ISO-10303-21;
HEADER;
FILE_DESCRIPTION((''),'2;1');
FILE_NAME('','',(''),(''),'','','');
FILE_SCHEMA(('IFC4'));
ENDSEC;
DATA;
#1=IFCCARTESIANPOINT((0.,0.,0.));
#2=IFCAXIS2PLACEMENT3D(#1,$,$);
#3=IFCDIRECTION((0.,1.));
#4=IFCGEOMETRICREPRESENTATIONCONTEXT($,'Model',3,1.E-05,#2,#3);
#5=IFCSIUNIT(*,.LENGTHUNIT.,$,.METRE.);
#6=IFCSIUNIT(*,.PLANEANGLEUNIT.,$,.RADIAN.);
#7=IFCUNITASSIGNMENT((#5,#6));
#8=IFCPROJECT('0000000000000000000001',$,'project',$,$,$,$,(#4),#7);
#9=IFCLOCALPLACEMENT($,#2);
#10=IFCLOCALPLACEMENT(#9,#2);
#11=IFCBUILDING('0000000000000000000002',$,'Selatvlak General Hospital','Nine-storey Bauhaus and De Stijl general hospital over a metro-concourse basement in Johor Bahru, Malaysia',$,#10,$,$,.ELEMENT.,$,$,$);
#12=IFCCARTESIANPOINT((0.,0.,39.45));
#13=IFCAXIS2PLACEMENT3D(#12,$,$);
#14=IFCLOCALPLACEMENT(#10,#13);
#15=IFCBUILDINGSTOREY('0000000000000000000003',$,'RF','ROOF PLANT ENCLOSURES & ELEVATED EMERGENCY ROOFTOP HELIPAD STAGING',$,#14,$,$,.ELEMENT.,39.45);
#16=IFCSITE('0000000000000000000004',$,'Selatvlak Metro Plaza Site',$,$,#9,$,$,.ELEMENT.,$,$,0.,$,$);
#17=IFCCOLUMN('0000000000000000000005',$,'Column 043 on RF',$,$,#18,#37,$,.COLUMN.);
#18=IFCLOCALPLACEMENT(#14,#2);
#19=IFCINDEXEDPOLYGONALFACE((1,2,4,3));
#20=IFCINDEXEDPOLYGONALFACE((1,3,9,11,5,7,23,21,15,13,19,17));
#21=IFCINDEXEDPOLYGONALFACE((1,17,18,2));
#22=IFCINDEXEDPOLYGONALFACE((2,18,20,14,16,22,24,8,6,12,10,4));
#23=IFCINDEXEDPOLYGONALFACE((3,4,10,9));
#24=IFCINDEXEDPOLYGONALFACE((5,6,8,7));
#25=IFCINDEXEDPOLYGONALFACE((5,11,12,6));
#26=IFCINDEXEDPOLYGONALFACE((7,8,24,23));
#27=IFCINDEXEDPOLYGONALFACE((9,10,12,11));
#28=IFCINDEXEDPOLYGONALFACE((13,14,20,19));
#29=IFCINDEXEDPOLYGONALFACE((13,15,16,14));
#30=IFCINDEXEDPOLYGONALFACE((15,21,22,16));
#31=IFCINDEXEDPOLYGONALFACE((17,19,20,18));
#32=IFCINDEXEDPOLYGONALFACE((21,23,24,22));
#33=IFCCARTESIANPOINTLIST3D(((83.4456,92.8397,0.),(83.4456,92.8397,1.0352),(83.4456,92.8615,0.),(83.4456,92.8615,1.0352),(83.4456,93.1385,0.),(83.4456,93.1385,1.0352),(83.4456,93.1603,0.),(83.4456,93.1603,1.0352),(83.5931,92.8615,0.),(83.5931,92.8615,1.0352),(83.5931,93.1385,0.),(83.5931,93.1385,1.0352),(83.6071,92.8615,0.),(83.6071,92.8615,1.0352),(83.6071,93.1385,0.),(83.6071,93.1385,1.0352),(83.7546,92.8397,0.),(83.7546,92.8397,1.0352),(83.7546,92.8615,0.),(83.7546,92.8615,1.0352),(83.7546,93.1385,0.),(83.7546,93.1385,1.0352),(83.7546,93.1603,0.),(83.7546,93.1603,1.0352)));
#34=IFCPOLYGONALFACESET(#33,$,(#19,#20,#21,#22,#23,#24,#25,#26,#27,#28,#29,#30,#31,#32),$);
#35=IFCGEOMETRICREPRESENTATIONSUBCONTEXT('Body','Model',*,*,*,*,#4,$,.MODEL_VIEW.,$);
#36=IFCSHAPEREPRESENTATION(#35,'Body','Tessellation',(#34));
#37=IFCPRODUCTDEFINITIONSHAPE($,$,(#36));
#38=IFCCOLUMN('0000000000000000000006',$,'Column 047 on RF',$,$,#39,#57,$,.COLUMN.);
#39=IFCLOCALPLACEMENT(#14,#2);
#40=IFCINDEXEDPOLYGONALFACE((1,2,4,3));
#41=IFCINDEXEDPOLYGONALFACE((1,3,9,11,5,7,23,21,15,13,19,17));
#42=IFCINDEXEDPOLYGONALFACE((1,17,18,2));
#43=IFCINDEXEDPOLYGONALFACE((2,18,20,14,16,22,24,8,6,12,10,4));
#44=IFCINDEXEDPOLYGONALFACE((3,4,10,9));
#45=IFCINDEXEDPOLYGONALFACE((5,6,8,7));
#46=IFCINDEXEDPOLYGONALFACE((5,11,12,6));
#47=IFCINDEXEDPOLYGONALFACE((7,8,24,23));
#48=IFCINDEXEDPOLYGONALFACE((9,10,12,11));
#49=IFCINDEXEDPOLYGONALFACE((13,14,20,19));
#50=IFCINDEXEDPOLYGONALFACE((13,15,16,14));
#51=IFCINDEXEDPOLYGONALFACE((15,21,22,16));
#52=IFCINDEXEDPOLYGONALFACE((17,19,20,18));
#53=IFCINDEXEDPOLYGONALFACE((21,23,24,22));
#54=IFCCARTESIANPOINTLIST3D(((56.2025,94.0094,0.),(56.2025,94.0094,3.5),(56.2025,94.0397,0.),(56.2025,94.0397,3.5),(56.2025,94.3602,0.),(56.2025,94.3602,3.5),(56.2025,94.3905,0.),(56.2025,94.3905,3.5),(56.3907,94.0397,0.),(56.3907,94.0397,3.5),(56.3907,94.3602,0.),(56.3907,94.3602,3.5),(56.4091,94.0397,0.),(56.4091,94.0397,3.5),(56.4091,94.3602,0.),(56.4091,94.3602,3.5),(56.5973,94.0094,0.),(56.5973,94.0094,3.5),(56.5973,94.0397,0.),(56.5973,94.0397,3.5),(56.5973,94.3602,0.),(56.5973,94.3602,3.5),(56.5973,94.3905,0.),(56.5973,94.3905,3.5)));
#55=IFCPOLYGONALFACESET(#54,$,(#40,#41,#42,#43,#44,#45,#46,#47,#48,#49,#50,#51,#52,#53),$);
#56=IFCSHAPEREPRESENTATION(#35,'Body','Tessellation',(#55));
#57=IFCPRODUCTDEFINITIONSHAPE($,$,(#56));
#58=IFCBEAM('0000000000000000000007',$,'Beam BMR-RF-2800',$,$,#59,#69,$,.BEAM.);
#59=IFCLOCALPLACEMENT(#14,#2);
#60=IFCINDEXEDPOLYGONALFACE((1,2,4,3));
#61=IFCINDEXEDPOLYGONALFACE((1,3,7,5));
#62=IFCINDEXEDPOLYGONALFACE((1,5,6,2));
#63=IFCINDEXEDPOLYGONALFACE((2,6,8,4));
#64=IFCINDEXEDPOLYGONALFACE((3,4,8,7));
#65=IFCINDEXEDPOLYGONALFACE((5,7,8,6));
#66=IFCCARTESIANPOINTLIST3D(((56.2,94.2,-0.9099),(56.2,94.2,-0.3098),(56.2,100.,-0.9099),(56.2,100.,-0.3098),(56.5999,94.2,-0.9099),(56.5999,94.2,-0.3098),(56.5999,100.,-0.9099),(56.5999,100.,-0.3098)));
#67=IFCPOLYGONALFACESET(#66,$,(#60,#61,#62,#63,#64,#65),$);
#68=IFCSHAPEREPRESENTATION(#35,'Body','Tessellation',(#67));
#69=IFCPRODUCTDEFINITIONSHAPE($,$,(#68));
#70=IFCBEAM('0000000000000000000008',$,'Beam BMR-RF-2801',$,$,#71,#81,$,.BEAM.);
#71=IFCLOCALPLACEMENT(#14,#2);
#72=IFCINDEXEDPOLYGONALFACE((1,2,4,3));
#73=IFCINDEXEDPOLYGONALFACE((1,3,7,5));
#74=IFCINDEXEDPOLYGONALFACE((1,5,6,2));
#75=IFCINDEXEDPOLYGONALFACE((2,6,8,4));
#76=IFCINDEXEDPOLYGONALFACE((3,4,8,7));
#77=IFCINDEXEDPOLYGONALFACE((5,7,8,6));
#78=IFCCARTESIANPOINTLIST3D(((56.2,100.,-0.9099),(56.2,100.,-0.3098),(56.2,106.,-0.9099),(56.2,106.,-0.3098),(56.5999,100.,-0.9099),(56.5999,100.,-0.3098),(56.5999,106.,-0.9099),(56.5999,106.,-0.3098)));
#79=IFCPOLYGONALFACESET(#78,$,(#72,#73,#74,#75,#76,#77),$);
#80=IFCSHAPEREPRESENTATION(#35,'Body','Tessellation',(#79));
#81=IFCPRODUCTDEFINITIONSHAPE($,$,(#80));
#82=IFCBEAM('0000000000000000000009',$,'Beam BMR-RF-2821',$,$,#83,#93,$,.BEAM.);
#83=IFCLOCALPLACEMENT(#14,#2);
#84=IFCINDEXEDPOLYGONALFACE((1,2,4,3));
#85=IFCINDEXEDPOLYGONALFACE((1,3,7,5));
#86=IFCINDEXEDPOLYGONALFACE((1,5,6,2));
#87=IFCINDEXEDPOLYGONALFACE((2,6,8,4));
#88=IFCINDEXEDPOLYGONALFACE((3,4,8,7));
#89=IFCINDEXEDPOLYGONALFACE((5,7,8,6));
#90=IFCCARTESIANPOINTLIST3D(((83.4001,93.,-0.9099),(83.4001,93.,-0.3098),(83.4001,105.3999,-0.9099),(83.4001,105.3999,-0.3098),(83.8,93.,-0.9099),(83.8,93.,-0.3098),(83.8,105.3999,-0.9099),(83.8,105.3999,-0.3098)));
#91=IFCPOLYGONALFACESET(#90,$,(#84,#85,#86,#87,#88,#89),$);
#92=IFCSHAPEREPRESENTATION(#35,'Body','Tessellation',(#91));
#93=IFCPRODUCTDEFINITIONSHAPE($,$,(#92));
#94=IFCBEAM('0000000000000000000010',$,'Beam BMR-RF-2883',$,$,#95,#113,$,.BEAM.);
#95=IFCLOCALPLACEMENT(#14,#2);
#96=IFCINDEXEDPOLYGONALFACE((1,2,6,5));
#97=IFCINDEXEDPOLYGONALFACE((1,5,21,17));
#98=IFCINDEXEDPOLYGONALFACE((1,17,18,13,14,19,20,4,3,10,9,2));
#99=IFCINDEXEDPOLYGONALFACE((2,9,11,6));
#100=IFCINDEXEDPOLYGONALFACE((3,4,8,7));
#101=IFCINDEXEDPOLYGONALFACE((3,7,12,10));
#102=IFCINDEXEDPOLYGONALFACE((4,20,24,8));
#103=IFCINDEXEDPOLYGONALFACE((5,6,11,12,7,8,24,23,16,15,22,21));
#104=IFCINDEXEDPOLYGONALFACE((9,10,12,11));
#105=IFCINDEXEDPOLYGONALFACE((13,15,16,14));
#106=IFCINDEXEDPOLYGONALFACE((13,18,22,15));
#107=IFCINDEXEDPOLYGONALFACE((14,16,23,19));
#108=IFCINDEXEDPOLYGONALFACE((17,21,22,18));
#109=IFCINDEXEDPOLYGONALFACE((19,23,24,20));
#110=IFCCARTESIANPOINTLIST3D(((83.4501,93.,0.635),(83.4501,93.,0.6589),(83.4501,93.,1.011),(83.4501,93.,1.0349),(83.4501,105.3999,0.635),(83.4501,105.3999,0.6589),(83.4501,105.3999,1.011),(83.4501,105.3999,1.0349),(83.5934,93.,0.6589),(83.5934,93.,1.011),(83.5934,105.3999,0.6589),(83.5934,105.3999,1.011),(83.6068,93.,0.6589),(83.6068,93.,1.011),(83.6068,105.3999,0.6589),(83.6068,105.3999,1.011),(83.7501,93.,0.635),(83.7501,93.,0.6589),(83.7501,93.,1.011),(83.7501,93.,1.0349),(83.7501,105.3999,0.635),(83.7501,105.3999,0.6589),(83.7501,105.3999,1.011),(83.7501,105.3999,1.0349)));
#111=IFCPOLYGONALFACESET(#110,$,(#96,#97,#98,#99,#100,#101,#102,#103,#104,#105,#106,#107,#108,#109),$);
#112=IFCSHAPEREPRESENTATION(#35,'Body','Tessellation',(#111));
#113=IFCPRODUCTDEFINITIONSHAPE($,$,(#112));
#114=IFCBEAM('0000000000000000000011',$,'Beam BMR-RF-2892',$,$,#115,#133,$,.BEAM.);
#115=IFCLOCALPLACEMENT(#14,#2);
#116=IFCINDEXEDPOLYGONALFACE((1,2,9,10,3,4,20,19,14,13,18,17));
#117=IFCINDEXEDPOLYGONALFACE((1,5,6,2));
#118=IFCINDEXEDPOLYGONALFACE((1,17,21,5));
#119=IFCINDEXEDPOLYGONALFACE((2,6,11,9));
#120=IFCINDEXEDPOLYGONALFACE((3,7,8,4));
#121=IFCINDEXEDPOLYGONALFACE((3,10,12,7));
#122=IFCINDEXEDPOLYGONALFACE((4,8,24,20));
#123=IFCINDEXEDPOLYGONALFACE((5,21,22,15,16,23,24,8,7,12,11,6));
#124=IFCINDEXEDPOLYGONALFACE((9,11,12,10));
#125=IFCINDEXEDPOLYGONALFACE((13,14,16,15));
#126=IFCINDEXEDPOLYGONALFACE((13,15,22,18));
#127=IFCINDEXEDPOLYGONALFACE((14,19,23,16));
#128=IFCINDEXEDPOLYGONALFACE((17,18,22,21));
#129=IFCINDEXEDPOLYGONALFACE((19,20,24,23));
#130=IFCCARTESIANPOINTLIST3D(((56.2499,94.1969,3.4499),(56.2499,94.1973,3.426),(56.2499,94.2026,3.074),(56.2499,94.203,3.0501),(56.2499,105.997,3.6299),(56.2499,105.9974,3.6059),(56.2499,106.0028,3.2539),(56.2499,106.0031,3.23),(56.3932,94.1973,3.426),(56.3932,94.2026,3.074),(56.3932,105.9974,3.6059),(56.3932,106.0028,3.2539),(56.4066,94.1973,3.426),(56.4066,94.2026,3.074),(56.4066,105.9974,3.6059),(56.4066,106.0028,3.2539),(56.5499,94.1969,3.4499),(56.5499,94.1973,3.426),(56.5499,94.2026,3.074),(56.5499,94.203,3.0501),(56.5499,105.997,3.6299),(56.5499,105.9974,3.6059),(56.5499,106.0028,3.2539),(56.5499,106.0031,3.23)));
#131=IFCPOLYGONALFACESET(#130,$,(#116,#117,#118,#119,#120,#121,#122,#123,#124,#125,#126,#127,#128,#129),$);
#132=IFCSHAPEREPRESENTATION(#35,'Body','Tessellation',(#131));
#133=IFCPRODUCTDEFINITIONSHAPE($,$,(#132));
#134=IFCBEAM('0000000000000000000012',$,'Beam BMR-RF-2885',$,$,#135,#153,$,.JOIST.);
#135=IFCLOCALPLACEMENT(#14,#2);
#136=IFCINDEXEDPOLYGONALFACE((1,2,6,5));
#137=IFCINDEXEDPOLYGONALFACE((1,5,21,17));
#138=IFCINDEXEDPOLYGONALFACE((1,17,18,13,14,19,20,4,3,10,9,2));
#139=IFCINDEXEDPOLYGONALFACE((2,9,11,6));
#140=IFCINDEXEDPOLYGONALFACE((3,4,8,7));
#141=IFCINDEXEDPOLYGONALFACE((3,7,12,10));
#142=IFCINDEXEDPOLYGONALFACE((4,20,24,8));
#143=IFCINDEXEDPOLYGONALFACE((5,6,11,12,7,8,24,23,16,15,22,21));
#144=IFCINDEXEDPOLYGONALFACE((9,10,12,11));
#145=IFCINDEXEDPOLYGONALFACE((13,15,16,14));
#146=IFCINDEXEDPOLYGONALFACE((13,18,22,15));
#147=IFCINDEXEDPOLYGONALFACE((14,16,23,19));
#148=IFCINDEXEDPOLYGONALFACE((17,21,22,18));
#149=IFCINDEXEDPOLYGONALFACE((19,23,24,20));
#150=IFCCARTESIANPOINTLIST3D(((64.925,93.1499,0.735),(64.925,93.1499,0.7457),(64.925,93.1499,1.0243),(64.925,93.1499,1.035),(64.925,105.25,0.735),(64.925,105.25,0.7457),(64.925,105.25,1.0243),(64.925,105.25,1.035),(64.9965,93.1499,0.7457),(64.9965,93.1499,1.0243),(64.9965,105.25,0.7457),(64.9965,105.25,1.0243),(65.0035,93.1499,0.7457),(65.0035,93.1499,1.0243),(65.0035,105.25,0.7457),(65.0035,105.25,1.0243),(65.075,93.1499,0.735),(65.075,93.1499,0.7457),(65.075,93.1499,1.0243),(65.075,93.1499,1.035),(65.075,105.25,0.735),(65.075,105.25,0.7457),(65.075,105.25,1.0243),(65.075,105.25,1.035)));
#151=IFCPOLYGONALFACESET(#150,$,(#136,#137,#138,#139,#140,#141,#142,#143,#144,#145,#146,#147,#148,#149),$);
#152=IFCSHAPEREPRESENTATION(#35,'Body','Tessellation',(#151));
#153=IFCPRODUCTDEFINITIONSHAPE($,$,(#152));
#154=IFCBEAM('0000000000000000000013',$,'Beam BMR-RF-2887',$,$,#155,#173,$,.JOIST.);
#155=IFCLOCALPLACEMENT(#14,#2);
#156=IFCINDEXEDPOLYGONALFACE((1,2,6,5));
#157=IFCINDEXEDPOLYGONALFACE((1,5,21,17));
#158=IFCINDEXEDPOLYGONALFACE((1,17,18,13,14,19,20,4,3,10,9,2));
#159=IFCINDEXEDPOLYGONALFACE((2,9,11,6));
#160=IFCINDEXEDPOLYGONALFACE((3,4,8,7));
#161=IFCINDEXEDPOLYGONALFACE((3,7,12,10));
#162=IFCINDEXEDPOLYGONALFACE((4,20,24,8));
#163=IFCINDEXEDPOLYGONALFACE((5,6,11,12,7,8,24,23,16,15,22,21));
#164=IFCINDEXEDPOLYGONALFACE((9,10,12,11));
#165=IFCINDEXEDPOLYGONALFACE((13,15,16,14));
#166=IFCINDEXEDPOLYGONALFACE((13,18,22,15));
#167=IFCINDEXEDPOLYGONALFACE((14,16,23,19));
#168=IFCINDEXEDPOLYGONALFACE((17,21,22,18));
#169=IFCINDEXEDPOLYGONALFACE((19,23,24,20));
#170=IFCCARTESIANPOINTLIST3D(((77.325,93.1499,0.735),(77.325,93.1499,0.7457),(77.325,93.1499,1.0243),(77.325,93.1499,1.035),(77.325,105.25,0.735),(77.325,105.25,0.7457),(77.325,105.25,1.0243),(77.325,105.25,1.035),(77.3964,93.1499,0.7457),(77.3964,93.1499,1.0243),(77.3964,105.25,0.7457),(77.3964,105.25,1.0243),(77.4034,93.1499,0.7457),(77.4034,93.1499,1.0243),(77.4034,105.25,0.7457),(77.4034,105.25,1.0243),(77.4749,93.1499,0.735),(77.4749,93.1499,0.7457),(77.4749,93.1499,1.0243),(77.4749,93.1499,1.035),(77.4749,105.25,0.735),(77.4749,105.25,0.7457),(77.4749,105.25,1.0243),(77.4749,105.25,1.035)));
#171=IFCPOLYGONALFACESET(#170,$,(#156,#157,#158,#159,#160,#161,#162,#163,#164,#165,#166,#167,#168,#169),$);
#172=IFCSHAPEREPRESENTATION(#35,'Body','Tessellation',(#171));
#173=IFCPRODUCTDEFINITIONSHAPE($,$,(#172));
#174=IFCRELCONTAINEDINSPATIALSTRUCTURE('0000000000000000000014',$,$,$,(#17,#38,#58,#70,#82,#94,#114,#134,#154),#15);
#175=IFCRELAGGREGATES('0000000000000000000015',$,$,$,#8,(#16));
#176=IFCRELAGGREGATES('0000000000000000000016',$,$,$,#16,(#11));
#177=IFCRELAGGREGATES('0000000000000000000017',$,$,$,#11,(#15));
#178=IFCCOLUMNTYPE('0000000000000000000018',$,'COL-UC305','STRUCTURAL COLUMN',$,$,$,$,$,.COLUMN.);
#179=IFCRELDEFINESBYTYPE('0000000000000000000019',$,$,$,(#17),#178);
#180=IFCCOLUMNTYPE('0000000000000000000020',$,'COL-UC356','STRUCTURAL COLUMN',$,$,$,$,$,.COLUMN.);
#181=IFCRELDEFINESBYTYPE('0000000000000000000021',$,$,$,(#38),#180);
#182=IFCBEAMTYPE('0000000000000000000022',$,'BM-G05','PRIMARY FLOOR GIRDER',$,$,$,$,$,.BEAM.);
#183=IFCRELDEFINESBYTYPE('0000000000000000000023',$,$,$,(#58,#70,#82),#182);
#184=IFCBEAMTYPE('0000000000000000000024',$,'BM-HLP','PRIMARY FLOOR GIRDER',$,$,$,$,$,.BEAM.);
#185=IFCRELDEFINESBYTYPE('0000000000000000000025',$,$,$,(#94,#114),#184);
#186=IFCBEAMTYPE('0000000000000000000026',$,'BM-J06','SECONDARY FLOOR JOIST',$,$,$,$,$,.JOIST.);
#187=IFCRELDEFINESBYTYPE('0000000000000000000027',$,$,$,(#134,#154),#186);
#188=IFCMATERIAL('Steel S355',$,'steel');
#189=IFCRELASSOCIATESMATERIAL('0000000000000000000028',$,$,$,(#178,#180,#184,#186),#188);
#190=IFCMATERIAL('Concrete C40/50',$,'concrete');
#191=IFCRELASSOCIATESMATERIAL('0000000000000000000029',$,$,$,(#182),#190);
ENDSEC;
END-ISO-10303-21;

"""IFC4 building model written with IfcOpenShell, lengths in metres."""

from ifc_helpers import new_model, si_unit, direction, frame, origin, origin_2d, place, context, subcontext, project, spatial, rectangle, i_section, extrude, material, material_profile, profile_set, type_object, element, save


model = new_model("IFC4")

# Units and contexts
model_context = context("Model", 3, precision=1e-05, world=origin(), true_north=direction((0.0, 1.0)))
body_context = subcontext(model_context, "Body", "Model", "MODEL_VIEW")
ifc_project = project(units=[si_unit("LENGTHUNIT", "METRE"), si_unit("PLANEANGLEUNIT", "RADIAN")], contexts=[model_context])

# Site, building, storey
site_placement = place(None, origin())
site = spatial("IfcSite", under=ifc_project, at=site_placement, Name="Selatvlak Metro Plaza Site", CompositionType="ELEMENT", RefElevation=0.0)
building_placement = place(site_placement, origin())
building = spatial("IfcBuilding", under=site, at=building_placement, Name="Selatvlak General Hospital", Description="Nine-storey Bauhaus and De Stijl general hospital over a metro-concourse basement in Johor Bahru, Malaysia", CompositionType="ELEMENT")
storey_placement = place(building_placement, frame((0.0, 0.0, 39.45)))
storey = spatial("IfcBuildingStorey", under=building, at=storey_placement, Name="RF", Description="ROOF PLANT ENCLOSURES & ELEVATED EMERGENCY ROOFTOP HELIPAD STAGING", CompositionType="ELEMENT", Elevation=39.45)

# Columns
ifc_material_1 = material(Name="Steel S355", Category="steel")
ifc_material_profile_1 = material_profile(ifc_material_1, i_section(OverallWidth=0.3091, OverallDepth=0.3206, WebThickness=0.0139, FlangeThickness=0.0217, at=origin_2d()), Name="UC 305x305x137")
ifc_profile_set_1 = profile_set([ifc_material_profile_1], Name="Steel S355")
column_type_1 = type_object("IfcColumnType", Name="COL-UC305", Description="STRUCTURAL COLUMN", PredefinedType="COLUMN", material=ifc_profile_set_1)
column_1_placement = place(storey_placement, frame((83.6001, 93.0, 0.0), z_axis=(0.0, 0.0, 1.0), x_axis=(1.0, 0.0, 0.0)))
element("IfcColumn", 1, at=column_1_placement, inside=storey, type_object=column_type_1, Name="Column 043 on RF", PredefinedType="COLUMN", context=body_context, shape_type="SweptSolid", body=[
    extrude(i_section(OverallWidth=0.3091, OverallDepth=0.3206, WebThickness=0.0139, FlangeThickness=0.0217, at=origin_2d()), origin(), (0.0, 0.0, 1.0), 1.0352),
])
ifc_material_profile_2 = material_profile(ifc_material_1, i_section(OverallWidth=0.3948, OverallDepth=0.3811, WebThickness=0.0183, FlangeThickness=0.0303, at=origin_2d()), Name="UC 356x406x235")
ifc_profile_set_2 = profile_set([ifc_material_profile_2], Name="Steel S355")
column_type_2 = type_object("IfcColumnType", Name="COL-UC356", Description="STRUCTURAL COLUMN", PredefinedType="COLUMN", material=ifc_profile_set_2)
column_2_placement = place(storey_placement, frame((56.3999, 94.2, 0.0), z_axis=(0.0, 0.0, 1.0), x_axis=(1.0, 0.0, 0.0)))
element("IfcColumn", 2, at=column_2_placement, inside=storey, type_object=column_type_2, Name="Column 047 on RF", PredefinedType="COLUMN", context=body_context, shape_type="SweptSolid", body=[
    extrude(i_section(OverallWidth=0.3948, OverallDepth=0.3811, WebThickness=0.0183, FlangeThickness=0.0303, at=origin_2d()), origin(), (0.0, 0.0, 1.0), 3.5),
])

# Beams
ifc_material_2 = material(Name="Concrete C40/50", Category="concrete")
ifc_material_profile_3 = material_profile(ifc_material_2, rectangle(XDim=0.3999, YDim=0.6001, at=origin_2d()), Name="RC-BM 400x600")
ifc_profile_set_3 = profile_set([ifc_material_profile_3], Name="Concrete C40/50")
beam_type_1 = type_object("IfcBeamType", Name="BM-G05", Description="PRIMARY FLOOR GIRDER", PredefinedType="BEAM", material=ifc_profile_set_3)
beam_1_placement = place(storey_placement, frame((56.3999, 94.2, -0.6099), z_axis=(0.0, 1.0, 0.0), x_axis=(-1.0, 0.0, 0.0)))
element("IfcBeam", 3, at=beam_1_placement, inside=storey, type_object=beam_type_1, Name="Beam BMR-RF-2800", PredefinedType="BEAM", context=body_context, shape_type="SweptSolid", body=[
    extrude(rectangle(XDim=0.3999, YDim=0.6001, at=origin_2d()), origin(), (0.0, 0.0, 1.0), 5.8),
])
beam_2_placement = place(storey_placement, frame((56.3999, 100.0, -0.6099), z_axis=(0.0, 1.0, 0.0), x_axis=(-1.0, 0.0, 0.0)))
element("IfcBeam", 4, at=beam_2_placement, inside=storey, type_object=beam_type_1, Name="Beam BMR-RF-2801", PredefinedType="BEAM", context=body_context, shape_type="SweptSolid", body=[
    extrude(rectangle(XDim=0.3999, YDim=0.6001, at=origin_2d()), origin(), (0.0, 0.0, 1.0), 6.0),
])
beam_3_placement = place(storey_placement, frame((83.6001, 93.0, -0.6099), z_axis=(0.0, 1.0, 0.0), x_axis=(-1.0, 0.0, 0.0)))
element("IfcBeam", 5, at=beam_3_placement, inside=storey, type_object=beam_type_1, Name="Beam BMR-RF-2821", PredefinedType="BEAM", context=body_context, shape_type="SweptSolid", body=[
    extrude(rectangle(XDim=0.3999, YDim=0.6001, at=origin_2d()), origin(), (0.0, 0.0, 1.0), 12.3999),
])
ifc_material_profile_4 = material_profile(ifc_material_1, i_section(OverallWidth=0.3, OverallDepth=0.3999, WebThickness=0.0134, FlangeThickness=0.0239, at=origin_2d()), Name="HEB 400")
ifc_profile_set_4 = profile_set([ifc_material_profile_4], Name="Steel S355")
beam_type_2 = type_object("IfcBeamType", Name="BM-HLP", Description="PRIMARY FLOOR GIRDER", PredefinedType="BEAM", material=ifc_profile_set_4)
beam_4_placement = place(storey_placement, frame((83.6001, 93.0, 0.835), z_axis=(0.0, 1.0, 0.0), x_axis=(-1.0, 0.0, 0.0)))
element("IfcBeam", 6, at=beam_4_placement, inside=storey, type_object=beam_type_2, Name="Beam BMR-RF-2883", PredefinedType="BEAM", context=body_context, shape_type="SweptSolid", body=[
    extrude(i_section(OverallWidth=0.3, OverallDepth=0.3999, WebThickness=0.0134, FlangeThickness=0.0239, at=origin_2d()), origin(), (0.0, 0.0, 1.0), 12.3999),
])
beam_5_placement = place(storey_placement, frame((56.3999, 94.2, 3.25), z_axis=(0.0, 0.999884, 0.015247), x_axis=(-1.0, 0.0, 0.0)))
element("IfcBeam", 7, at=beam_5_placement, inside=storey, type_object=beam_type_2, Name="Beam BMR-RF-2892", PredefinedType="BEAM", context=body_context, shape_type="SweptSolid", body=[
    extrude(i_section(OverallWidth=0.3, OverallDepth=0.3999, WebThickness=0.0134, FlangeThickness=0.0239, at=origin_2d()), origin(), (0.0, 0.0, 1.0), 11.8015),
])
ifc_material_profile_5 = material_profile(ifc_material_1, i_section(OverallWidth=0.1499, OverallDepth=0.3, WebThickness=0.0071, FlangeThickness=0.0107, at=origin_2d()), Name="IPE 300")
ifc_profile_set_5 = profile_set([ifc_material_profile_5], Name="Steel S355")
beam_type_3 = type_object("IfcBeamType", Name="BM-J06", Description="SECONDARY FLOOR JOIST", PredefinedType="JOIST", material=ifc_profile_set_5)
for number, where, z_axis, x_axis, name in (
    (8, (65.0, 93.1499, 0.885), (0.0, 1.0, 0.0), (-1.0, 0.0, 0.0), "Beam BMR-RF-2885"),
    (9, (77.3999, 93.1499, 0.885), (0.0, 1.0, 0.0), (-1.0, 0.0, 0.0), "Beam BMR-RF-2887"),
):
    element("IfcBeam", number, at=place(storey_placement, frame(where, z_axis=z_axis, x_axis=x_axis)), inside=storey, type_object=beam_type_3, Name=name, PredefinedType="JOIST", context=body_context, shape_type="SweptSolid", body=[
        extrude(i_section(OverallWidth=0.1499, OverallDepth=0.3, WebThickness=0.0071, FlangeThickness=0.0107, at=origin_2d()), origin(), (0.0, 0.0, 1.0), 12.1001),
    ])

save(model, "model.ifc")
